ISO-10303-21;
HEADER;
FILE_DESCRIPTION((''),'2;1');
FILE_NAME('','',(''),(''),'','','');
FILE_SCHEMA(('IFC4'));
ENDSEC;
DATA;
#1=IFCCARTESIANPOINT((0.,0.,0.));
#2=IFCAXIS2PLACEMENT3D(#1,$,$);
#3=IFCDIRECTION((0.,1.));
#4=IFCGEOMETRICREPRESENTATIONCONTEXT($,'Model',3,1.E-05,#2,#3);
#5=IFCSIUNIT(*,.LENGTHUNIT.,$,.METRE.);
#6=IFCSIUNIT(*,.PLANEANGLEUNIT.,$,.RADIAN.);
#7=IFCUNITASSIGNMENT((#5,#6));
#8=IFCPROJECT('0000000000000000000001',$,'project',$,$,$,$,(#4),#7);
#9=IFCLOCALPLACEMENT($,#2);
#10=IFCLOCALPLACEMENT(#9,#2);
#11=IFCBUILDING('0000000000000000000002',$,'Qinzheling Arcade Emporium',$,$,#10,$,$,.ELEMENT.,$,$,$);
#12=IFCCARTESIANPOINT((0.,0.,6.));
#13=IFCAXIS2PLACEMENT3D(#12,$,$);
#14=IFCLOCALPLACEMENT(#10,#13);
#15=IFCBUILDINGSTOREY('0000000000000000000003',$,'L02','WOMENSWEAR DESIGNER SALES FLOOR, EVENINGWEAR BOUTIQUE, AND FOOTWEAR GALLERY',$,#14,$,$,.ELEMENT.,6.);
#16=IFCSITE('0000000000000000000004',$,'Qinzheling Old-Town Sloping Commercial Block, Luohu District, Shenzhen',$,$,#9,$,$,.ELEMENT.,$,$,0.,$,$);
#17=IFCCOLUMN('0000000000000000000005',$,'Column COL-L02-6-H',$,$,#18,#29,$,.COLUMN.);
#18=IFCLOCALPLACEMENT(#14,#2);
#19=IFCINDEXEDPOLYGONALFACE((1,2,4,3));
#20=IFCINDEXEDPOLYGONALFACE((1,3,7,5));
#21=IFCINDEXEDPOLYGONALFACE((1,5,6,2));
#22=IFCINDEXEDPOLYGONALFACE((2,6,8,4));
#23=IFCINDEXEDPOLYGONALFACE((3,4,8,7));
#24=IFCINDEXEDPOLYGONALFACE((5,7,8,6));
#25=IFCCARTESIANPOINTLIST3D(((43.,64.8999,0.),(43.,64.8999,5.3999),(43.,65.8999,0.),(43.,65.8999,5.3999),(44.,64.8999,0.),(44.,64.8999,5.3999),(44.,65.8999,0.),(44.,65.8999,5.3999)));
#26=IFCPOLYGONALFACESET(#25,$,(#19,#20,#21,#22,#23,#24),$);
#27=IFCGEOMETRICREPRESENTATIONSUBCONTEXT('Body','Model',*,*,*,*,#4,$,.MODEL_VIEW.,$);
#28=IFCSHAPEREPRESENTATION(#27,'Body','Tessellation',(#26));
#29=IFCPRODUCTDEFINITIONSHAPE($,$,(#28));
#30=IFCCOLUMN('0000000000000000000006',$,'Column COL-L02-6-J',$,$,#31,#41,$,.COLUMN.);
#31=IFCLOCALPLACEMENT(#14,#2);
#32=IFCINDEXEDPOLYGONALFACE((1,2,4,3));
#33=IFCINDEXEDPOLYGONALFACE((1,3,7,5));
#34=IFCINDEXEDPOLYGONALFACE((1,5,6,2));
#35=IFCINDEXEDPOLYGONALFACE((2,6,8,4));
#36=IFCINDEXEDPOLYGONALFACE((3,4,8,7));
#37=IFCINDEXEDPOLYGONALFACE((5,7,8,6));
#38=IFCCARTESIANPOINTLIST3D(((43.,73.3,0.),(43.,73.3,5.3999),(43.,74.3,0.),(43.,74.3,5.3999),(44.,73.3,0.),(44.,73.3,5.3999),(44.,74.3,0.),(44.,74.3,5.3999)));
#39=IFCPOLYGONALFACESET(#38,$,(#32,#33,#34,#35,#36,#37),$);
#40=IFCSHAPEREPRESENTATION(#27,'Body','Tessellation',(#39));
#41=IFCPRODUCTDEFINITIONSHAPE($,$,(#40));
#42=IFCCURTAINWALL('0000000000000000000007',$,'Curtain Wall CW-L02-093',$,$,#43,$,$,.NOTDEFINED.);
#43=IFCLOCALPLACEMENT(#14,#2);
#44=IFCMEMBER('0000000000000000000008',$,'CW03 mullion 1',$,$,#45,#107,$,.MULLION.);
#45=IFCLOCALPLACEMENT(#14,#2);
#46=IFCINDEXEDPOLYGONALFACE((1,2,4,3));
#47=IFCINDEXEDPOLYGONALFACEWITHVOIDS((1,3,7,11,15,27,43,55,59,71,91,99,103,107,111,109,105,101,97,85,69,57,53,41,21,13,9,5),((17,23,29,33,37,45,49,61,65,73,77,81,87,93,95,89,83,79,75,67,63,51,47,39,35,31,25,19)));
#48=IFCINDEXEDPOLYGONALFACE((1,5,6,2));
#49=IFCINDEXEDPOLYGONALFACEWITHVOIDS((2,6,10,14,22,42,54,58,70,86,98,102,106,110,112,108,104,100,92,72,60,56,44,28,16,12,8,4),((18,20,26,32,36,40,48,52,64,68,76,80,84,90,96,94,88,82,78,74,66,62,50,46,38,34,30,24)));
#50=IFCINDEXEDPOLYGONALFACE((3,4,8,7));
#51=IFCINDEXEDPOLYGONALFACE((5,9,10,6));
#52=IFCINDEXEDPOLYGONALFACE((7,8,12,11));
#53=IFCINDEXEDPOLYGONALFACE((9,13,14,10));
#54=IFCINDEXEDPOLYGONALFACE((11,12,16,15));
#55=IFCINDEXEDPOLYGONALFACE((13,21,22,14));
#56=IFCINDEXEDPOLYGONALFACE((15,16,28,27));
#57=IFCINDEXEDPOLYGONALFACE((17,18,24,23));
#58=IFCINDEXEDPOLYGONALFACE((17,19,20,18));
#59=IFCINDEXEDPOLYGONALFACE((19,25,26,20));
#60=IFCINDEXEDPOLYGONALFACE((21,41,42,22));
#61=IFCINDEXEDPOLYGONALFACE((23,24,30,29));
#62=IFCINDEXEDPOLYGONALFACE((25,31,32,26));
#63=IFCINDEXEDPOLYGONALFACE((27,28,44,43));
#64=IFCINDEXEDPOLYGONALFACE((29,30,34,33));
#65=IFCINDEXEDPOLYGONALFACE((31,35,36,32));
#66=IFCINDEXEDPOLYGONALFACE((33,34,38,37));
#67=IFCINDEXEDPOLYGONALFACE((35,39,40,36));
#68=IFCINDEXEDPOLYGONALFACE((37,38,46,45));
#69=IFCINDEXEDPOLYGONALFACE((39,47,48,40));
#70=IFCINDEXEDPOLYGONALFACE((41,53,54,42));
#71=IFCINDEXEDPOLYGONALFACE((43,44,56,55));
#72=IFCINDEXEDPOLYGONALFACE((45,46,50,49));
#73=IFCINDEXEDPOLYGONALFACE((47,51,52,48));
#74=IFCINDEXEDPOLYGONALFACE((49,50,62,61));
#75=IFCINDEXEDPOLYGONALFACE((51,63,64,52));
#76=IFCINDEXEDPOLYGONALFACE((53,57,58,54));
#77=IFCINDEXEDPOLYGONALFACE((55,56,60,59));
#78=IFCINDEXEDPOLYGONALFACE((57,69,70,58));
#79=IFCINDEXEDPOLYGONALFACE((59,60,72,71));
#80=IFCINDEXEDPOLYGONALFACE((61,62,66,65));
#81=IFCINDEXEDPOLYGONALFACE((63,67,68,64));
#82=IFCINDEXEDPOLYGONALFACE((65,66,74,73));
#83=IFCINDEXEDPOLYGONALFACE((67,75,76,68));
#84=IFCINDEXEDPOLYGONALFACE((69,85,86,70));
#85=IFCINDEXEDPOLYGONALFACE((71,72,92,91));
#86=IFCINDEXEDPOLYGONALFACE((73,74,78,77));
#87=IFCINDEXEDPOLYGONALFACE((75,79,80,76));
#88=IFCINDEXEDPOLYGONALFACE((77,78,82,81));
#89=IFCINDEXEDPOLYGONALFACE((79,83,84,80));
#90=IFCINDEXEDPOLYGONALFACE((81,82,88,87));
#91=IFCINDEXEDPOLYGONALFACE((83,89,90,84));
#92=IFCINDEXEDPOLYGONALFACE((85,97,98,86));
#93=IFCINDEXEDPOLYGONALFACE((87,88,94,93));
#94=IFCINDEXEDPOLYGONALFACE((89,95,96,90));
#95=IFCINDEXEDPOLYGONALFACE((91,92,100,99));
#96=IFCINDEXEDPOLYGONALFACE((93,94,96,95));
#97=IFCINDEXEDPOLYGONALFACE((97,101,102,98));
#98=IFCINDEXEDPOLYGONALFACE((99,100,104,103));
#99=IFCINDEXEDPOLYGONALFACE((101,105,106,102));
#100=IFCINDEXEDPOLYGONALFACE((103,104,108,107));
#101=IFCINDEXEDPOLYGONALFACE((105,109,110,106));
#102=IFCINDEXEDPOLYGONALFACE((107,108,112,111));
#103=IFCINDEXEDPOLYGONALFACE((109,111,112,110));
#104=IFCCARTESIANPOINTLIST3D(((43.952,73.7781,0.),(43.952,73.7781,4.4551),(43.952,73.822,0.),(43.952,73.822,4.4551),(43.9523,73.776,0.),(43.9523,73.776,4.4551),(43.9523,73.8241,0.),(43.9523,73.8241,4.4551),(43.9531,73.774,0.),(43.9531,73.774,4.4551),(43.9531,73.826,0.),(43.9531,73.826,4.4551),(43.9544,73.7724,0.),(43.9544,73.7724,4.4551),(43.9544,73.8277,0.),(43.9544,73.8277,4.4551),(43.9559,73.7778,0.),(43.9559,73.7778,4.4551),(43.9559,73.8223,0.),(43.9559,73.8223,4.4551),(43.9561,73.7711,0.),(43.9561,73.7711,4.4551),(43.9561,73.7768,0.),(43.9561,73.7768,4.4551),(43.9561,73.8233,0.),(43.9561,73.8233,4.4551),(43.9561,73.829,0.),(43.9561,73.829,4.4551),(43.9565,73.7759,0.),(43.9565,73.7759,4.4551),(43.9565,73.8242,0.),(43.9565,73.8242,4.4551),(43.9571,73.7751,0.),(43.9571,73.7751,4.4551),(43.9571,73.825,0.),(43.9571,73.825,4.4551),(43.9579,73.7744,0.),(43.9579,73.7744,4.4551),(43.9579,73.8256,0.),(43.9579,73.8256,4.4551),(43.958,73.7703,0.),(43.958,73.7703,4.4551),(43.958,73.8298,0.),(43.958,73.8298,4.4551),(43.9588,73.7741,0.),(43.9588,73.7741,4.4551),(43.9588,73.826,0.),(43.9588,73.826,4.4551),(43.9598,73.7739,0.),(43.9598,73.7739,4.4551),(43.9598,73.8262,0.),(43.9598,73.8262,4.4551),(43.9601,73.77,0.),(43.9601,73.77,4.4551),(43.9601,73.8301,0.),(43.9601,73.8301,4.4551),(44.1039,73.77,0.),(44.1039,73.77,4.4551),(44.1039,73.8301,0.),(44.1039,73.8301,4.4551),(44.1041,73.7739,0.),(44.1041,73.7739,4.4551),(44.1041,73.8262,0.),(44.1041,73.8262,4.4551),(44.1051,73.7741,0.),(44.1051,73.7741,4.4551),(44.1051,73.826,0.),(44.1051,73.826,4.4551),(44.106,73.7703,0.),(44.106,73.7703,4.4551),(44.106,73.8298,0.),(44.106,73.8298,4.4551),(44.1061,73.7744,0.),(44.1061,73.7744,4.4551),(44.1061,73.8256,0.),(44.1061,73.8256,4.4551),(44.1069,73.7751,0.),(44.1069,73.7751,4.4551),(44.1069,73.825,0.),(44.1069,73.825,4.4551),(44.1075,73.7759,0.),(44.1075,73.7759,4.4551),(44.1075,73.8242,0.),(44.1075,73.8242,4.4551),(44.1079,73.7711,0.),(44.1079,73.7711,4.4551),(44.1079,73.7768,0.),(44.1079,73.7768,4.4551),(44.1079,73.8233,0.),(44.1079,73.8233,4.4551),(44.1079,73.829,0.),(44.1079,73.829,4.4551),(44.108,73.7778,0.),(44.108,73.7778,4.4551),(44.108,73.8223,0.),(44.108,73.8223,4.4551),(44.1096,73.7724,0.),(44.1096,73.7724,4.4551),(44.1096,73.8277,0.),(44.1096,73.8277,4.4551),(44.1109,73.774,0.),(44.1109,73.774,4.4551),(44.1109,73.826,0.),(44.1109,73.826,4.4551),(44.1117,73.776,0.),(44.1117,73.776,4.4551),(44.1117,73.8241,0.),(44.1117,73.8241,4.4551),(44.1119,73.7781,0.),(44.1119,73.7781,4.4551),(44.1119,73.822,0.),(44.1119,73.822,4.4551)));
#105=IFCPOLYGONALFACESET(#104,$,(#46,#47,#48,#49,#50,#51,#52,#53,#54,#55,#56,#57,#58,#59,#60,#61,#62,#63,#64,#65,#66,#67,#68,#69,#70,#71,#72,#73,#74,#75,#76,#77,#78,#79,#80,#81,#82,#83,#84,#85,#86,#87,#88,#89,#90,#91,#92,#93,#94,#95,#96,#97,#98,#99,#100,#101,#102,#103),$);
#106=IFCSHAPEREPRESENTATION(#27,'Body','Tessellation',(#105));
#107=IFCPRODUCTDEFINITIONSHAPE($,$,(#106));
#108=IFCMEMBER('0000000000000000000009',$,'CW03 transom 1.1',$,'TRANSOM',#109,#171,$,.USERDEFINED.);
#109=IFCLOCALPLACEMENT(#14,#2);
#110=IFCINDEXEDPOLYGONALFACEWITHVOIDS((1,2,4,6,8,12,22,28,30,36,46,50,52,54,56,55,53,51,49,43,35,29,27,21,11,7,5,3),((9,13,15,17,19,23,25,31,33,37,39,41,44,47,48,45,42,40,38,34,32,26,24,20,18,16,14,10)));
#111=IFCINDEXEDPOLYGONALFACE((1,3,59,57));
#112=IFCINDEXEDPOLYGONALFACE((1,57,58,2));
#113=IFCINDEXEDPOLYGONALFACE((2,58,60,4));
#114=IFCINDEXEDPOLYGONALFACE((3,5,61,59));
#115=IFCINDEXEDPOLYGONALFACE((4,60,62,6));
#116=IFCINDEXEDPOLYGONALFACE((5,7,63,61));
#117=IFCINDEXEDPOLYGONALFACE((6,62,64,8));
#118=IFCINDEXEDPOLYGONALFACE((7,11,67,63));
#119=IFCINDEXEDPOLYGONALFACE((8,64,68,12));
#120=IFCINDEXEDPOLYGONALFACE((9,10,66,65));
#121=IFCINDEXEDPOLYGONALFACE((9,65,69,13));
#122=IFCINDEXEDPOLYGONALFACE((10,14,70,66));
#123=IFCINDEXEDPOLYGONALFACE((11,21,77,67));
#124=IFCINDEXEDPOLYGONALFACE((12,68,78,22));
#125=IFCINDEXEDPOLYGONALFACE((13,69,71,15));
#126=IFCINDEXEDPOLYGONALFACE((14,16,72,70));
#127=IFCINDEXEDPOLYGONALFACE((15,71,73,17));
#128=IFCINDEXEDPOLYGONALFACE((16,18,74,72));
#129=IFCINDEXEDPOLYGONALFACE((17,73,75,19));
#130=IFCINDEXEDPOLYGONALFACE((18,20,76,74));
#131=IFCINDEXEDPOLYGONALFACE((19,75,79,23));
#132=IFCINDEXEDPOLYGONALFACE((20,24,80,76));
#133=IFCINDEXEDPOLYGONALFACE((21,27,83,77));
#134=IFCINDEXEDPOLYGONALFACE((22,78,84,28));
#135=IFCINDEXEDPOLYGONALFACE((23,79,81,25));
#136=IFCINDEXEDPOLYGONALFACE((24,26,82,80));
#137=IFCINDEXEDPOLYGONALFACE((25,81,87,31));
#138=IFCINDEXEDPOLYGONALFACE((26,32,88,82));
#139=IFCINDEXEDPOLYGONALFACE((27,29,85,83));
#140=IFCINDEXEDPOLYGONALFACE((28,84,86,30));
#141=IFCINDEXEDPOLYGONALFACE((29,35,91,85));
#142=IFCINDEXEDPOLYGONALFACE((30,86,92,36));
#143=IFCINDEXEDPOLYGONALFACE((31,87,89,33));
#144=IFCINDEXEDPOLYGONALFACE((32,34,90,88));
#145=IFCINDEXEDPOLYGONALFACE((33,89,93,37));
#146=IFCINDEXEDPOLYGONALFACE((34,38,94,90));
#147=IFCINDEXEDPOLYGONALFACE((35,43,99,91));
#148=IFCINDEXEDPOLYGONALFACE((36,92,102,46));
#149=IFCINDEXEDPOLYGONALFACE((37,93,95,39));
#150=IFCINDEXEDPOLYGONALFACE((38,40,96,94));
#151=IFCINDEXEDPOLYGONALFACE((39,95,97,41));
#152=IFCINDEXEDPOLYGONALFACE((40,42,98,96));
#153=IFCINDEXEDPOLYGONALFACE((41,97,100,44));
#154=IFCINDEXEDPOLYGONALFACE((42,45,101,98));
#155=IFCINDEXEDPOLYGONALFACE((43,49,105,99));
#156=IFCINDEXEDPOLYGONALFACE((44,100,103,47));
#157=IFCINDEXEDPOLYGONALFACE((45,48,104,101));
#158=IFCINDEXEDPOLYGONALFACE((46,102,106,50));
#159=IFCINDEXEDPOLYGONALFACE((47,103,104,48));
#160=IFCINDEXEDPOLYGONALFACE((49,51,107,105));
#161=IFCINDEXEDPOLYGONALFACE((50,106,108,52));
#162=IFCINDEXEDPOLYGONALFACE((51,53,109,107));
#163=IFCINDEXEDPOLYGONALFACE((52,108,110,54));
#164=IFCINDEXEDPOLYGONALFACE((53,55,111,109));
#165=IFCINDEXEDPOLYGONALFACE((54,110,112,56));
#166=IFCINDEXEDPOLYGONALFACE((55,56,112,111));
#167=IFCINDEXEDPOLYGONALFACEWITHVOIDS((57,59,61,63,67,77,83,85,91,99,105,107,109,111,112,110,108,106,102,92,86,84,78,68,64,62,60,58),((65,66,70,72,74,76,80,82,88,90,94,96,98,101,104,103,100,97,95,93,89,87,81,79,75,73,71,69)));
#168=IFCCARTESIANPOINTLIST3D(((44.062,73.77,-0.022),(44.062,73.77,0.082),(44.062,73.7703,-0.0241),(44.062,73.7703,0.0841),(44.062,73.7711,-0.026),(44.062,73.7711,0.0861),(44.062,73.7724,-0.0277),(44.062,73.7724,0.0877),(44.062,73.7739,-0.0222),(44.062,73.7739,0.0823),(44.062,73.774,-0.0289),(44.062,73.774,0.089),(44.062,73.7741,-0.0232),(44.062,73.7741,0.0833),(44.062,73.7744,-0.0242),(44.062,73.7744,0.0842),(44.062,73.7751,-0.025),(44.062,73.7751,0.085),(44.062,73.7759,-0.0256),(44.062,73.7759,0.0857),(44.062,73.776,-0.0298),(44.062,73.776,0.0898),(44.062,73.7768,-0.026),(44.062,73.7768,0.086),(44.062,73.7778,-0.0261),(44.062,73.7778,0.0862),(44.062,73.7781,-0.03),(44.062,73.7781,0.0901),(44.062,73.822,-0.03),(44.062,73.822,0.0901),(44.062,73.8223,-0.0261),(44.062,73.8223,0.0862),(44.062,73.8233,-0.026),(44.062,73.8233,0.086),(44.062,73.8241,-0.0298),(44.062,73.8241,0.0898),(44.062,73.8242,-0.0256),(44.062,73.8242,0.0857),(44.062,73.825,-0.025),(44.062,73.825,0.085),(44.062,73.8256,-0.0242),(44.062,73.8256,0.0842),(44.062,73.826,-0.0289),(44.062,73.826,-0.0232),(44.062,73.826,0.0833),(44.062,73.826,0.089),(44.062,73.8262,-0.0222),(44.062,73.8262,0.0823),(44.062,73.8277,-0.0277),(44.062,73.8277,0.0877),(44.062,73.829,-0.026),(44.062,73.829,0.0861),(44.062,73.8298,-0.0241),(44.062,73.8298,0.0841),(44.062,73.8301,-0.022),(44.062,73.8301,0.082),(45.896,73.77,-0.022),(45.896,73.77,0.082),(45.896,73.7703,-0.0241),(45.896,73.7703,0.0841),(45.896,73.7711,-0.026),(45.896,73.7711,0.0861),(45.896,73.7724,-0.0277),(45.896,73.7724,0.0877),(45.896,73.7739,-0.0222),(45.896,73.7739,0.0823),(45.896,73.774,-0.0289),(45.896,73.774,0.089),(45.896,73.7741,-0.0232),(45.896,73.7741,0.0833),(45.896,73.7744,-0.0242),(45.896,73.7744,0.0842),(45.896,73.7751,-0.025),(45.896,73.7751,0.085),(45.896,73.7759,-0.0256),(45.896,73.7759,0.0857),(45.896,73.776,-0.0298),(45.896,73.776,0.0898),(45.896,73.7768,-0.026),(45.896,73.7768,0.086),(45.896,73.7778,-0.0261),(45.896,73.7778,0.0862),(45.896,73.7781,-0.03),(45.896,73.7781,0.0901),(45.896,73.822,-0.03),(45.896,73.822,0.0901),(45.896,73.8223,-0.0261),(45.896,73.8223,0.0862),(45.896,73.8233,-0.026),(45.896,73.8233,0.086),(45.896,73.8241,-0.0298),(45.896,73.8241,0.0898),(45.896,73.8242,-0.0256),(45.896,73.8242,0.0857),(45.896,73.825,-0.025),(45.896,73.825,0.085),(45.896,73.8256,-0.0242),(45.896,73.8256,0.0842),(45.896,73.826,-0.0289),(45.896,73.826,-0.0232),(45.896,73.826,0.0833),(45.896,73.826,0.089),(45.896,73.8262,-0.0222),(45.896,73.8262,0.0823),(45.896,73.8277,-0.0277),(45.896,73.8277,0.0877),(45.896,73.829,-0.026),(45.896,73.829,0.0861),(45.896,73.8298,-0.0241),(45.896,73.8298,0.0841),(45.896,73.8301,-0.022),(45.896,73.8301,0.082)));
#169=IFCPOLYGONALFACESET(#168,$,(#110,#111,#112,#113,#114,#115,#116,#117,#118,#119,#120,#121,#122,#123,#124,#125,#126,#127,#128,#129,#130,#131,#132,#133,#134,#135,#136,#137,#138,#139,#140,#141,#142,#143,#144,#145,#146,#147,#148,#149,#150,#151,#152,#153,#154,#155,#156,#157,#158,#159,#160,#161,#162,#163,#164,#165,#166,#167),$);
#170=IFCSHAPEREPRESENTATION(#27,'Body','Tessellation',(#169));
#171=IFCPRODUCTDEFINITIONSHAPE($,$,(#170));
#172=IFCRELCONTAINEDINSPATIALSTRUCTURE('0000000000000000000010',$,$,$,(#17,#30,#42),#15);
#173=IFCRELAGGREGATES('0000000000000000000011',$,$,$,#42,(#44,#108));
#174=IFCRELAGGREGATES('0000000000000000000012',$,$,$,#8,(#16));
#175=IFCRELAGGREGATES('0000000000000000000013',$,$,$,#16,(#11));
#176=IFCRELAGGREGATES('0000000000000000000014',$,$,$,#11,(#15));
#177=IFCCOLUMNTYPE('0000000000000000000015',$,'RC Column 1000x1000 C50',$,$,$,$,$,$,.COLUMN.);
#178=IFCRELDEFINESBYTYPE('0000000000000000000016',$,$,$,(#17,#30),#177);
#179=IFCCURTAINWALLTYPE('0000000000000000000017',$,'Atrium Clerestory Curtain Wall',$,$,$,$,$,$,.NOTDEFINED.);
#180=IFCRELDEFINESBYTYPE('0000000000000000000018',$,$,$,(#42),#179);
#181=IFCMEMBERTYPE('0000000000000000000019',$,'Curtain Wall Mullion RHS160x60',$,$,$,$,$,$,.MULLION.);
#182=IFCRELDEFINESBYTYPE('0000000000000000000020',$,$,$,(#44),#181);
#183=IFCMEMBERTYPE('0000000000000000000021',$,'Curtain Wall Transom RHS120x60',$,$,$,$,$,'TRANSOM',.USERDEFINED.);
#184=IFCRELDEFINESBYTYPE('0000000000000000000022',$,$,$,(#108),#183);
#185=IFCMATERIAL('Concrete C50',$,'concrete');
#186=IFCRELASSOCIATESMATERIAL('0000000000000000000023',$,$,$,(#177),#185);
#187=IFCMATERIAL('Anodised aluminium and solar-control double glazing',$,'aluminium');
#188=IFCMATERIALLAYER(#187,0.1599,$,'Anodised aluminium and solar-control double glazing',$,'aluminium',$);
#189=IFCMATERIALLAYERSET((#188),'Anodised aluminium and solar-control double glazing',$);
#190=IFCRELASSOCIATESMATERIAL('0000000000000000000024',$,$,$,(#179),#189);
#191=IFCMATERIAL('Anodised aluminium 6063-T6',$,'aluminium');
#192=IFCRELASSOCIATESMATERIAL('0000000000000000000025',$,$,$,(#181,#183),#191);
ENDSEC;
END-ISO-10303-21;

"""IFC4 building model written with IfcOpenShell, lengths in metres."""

from ifc_helpers import new_model, si_unit, direction, frame, origin, origin_2d, place, context, subcontext, project, spatial, rectangle, hollow_rectangle, extrude, material, layer, layer_set, material_profile, profile_set, type_object, element, aggregate, save


model = new_model("IFC4")

# Units and contexts
model_context = context("Model", 3, precision=1e-05, world=origin(), true_north=direction((0.0, 1.0)))
body_context = subcontext(model_context, "Body", "Model", "MODEL_VIEW")
ifc_project = project(units=[si_unit("LENGTHUNIT", "METRE"), si_unit("PLANEANGLEUNIT", "RADIAN")], contexts=[model_context])

# Site, building, storey
site_placement = place(None, origin())
site = spatial("IfcSite", under=ifc_project, at=site_placement, Name="Qinzheling Old-Town Sloping Commercial Block, Luohu District, Shenzhen", CompositionType="ELEMENT", RefElevation=0.0)
building_placement = place(site_placement, origin())
building = spatial("IfcBuilding", under=site, at=building_placement, Name="Qinzheling Arcade Emporium", CompositionType="ELEMENT")
storey_placement = place(building_placement, frame((0.0, 0.0, 6.0)))
storey = spatial("IfcBuildingStorey", under=building, at=storey_placement, Name="L02", Description="WOMENSWEAR DESIGNER SALES FLOOR, EVENINGWEAR BOUTIQUE, AND FOOTWEAR GALLERY", CompositionType="ELEMENT", Elevation=6.0)

# Columns
ifc_material_1 = material(Name="Concrete C50", Category="concrete")
ifc_material_profile_1 = material_profile(ifc_material_1, rectangle(XDim=1.0, YDim=1.0, at=origin_2d()), Name="RC 1000x1000", Category="concrete")
ifc_profile_set_1 = profile_set([ifc_material_profile_1], Name="Concrete C50")
column_type = type_object("IfcColumnType", Name="RC Column 1000x1000 C50", PredefinedType="COLUMN", material=ifc_profile_set_1)
for number, where, z_axis, x_axis, name in (
    (1, (43.5, 65.3999, 0.0), (0.0, 0.0, 1.0), (1.0, 0.0, 0.0), "Column COL-L02-6-H"),
    (2, (43.5, 73.8, 0.0), (0.0, 0.0, 1.0), (1.0, 0.0, 0.0), "Column COL-L02-6-J"),
):
    element("IfcColumn", number, at=place(storey_placement, frame(where, z_axis=z_axis, x_axis=x_axis)), inside=storey, type_object=column_type, Name=name, PredefinedType="COLUMN", context=body_context, shape_type="SweptSolid", body=[
        extrude(rectangle(XDim=1.0, YDim=1.0, at=origin_2d()), origin(), (0.0, 0.0, 1.0), 5.3999),
    ])

# Curtain wall, members
ifc_material_2 = material(Name="Anodised aluminium and solar-control double glazing", Category="aluminium")
ifc_layer_1 = layer(ifc_material_2, 0.1599, Name="Anodised aluminium and solar-control double glazing", Category="aluminium")
ifc_layer_set_1 = layer_set([ifc_layer_1], Name="Anodised aluminium and solar-control double glazing")
curtain_wall_type = type_object("IfcCurtainWallType", Name="Atrium Clerestory Curtain Wall", PredefinedType="NOTDEFINED", material=ifc_layer_set_1)
curtain_wall_placement = place(storey_placement, origin())
curtain_wall = element("IfcCurtainWall", 3, at=curtain_wall_placement, inside=storey, type_object=curtain_wall_type, Name="Curtain Wall CW-L02-093", PredefinedType="NOTDEFINED")
ifc_material_3 = material(Name="Anodised aluminium 6063-T6", Category="aluminium")
ifc_material_profile_2 = material_profile(ifc_material_3, hollow_rectangle(XDim=0.0601, YDim=0.1599, WallThickness=0.0039, InnerFilletRadius=0.0039, OuterFilletRadius=0.0081, at=origin_2d()), Name="RHS 160x60x4", Category="aluminium")
ifc_profile_set_2 = profile_set([ifc_material_profile_2], Name="Anodised aluminium 6063-T6")
member_type_1 = type_object("IfcMemberType", Name="Curtain Wall Mullion RHS160x60", PredefinedType="MULLION", material=ifc_profile_set_2)
member_1_placement = place(storey_placement, frame((44.032, 73.8, 0.0), z_axis=(0.0, 0.0, 1.0), x_axis=(0.0, 1.0, 0.0)))
member_1 = element("IfcMember", 4, at=member_1_placement, type_object=member_type_1, Name="CW03 mullion 1", PredefinedType="MULLION", context=body_context, shape_type="SweptSolid", body=[
    extrude(hollow_rectangle(XDim=0.0601, YDim=0.1599, WallThickness=0.0039, InnerFilletRadius=0.0039, OuterFilletRadius=0.0081, at=origin_2d()), origin(), (0.0, 0.0, 1.0), 4.4551),
])
ifc_material_profile_3 = material_profile(ifc_material_3, hollow_rectangle(XDim=0.0601, YDim=0.1201, WallThickness=0.0039, InnerFilletRadius=0.0039, OuterFilletRadius=0.0081, at=origin_2d()), Name="RHS 120x60x4", Category="aluminium")
ifc_profile_set_3 = profile_set([ifc_material_profile_3], Name="Anodised aluminium 6063-T6")
member_type_2 = type_object("IfcMemberType", Name="Curtain Wall Transom RHS120x60", ElementType="TRANSOM", PredefinedType="USERDEFINED", material=ifc_profile_set_3)
member_2_placement = place(storey_placement, frame((44.062, 73.8, 0.03), z_axis=(1.0, 0.0, 0.0), x_axis=(0.0, 1.0, 0.0)))
member_2 = element("IfcMember", 5, at=member_2_placement, type_object=member_type_2, Name="CW03 transom 1.1", ObjectType="TRANSOM", PredefinedType="USERDEFINED", context=body_context, shape_type="SweptSolid", body=[
    extrude(hollow_rectangle(XDim=0.0601, YDim=0.1201, WallThickness=0.0039, InnerFilletRadius=0.0039, OuterFilletRadius=0.0081, at=origin_2d()), origin(), (0.0, 0.0, 1.0), 1.834),
])
aggregate(curtain_wall, [member_1, member_2])

save(model, "model.ifc")
